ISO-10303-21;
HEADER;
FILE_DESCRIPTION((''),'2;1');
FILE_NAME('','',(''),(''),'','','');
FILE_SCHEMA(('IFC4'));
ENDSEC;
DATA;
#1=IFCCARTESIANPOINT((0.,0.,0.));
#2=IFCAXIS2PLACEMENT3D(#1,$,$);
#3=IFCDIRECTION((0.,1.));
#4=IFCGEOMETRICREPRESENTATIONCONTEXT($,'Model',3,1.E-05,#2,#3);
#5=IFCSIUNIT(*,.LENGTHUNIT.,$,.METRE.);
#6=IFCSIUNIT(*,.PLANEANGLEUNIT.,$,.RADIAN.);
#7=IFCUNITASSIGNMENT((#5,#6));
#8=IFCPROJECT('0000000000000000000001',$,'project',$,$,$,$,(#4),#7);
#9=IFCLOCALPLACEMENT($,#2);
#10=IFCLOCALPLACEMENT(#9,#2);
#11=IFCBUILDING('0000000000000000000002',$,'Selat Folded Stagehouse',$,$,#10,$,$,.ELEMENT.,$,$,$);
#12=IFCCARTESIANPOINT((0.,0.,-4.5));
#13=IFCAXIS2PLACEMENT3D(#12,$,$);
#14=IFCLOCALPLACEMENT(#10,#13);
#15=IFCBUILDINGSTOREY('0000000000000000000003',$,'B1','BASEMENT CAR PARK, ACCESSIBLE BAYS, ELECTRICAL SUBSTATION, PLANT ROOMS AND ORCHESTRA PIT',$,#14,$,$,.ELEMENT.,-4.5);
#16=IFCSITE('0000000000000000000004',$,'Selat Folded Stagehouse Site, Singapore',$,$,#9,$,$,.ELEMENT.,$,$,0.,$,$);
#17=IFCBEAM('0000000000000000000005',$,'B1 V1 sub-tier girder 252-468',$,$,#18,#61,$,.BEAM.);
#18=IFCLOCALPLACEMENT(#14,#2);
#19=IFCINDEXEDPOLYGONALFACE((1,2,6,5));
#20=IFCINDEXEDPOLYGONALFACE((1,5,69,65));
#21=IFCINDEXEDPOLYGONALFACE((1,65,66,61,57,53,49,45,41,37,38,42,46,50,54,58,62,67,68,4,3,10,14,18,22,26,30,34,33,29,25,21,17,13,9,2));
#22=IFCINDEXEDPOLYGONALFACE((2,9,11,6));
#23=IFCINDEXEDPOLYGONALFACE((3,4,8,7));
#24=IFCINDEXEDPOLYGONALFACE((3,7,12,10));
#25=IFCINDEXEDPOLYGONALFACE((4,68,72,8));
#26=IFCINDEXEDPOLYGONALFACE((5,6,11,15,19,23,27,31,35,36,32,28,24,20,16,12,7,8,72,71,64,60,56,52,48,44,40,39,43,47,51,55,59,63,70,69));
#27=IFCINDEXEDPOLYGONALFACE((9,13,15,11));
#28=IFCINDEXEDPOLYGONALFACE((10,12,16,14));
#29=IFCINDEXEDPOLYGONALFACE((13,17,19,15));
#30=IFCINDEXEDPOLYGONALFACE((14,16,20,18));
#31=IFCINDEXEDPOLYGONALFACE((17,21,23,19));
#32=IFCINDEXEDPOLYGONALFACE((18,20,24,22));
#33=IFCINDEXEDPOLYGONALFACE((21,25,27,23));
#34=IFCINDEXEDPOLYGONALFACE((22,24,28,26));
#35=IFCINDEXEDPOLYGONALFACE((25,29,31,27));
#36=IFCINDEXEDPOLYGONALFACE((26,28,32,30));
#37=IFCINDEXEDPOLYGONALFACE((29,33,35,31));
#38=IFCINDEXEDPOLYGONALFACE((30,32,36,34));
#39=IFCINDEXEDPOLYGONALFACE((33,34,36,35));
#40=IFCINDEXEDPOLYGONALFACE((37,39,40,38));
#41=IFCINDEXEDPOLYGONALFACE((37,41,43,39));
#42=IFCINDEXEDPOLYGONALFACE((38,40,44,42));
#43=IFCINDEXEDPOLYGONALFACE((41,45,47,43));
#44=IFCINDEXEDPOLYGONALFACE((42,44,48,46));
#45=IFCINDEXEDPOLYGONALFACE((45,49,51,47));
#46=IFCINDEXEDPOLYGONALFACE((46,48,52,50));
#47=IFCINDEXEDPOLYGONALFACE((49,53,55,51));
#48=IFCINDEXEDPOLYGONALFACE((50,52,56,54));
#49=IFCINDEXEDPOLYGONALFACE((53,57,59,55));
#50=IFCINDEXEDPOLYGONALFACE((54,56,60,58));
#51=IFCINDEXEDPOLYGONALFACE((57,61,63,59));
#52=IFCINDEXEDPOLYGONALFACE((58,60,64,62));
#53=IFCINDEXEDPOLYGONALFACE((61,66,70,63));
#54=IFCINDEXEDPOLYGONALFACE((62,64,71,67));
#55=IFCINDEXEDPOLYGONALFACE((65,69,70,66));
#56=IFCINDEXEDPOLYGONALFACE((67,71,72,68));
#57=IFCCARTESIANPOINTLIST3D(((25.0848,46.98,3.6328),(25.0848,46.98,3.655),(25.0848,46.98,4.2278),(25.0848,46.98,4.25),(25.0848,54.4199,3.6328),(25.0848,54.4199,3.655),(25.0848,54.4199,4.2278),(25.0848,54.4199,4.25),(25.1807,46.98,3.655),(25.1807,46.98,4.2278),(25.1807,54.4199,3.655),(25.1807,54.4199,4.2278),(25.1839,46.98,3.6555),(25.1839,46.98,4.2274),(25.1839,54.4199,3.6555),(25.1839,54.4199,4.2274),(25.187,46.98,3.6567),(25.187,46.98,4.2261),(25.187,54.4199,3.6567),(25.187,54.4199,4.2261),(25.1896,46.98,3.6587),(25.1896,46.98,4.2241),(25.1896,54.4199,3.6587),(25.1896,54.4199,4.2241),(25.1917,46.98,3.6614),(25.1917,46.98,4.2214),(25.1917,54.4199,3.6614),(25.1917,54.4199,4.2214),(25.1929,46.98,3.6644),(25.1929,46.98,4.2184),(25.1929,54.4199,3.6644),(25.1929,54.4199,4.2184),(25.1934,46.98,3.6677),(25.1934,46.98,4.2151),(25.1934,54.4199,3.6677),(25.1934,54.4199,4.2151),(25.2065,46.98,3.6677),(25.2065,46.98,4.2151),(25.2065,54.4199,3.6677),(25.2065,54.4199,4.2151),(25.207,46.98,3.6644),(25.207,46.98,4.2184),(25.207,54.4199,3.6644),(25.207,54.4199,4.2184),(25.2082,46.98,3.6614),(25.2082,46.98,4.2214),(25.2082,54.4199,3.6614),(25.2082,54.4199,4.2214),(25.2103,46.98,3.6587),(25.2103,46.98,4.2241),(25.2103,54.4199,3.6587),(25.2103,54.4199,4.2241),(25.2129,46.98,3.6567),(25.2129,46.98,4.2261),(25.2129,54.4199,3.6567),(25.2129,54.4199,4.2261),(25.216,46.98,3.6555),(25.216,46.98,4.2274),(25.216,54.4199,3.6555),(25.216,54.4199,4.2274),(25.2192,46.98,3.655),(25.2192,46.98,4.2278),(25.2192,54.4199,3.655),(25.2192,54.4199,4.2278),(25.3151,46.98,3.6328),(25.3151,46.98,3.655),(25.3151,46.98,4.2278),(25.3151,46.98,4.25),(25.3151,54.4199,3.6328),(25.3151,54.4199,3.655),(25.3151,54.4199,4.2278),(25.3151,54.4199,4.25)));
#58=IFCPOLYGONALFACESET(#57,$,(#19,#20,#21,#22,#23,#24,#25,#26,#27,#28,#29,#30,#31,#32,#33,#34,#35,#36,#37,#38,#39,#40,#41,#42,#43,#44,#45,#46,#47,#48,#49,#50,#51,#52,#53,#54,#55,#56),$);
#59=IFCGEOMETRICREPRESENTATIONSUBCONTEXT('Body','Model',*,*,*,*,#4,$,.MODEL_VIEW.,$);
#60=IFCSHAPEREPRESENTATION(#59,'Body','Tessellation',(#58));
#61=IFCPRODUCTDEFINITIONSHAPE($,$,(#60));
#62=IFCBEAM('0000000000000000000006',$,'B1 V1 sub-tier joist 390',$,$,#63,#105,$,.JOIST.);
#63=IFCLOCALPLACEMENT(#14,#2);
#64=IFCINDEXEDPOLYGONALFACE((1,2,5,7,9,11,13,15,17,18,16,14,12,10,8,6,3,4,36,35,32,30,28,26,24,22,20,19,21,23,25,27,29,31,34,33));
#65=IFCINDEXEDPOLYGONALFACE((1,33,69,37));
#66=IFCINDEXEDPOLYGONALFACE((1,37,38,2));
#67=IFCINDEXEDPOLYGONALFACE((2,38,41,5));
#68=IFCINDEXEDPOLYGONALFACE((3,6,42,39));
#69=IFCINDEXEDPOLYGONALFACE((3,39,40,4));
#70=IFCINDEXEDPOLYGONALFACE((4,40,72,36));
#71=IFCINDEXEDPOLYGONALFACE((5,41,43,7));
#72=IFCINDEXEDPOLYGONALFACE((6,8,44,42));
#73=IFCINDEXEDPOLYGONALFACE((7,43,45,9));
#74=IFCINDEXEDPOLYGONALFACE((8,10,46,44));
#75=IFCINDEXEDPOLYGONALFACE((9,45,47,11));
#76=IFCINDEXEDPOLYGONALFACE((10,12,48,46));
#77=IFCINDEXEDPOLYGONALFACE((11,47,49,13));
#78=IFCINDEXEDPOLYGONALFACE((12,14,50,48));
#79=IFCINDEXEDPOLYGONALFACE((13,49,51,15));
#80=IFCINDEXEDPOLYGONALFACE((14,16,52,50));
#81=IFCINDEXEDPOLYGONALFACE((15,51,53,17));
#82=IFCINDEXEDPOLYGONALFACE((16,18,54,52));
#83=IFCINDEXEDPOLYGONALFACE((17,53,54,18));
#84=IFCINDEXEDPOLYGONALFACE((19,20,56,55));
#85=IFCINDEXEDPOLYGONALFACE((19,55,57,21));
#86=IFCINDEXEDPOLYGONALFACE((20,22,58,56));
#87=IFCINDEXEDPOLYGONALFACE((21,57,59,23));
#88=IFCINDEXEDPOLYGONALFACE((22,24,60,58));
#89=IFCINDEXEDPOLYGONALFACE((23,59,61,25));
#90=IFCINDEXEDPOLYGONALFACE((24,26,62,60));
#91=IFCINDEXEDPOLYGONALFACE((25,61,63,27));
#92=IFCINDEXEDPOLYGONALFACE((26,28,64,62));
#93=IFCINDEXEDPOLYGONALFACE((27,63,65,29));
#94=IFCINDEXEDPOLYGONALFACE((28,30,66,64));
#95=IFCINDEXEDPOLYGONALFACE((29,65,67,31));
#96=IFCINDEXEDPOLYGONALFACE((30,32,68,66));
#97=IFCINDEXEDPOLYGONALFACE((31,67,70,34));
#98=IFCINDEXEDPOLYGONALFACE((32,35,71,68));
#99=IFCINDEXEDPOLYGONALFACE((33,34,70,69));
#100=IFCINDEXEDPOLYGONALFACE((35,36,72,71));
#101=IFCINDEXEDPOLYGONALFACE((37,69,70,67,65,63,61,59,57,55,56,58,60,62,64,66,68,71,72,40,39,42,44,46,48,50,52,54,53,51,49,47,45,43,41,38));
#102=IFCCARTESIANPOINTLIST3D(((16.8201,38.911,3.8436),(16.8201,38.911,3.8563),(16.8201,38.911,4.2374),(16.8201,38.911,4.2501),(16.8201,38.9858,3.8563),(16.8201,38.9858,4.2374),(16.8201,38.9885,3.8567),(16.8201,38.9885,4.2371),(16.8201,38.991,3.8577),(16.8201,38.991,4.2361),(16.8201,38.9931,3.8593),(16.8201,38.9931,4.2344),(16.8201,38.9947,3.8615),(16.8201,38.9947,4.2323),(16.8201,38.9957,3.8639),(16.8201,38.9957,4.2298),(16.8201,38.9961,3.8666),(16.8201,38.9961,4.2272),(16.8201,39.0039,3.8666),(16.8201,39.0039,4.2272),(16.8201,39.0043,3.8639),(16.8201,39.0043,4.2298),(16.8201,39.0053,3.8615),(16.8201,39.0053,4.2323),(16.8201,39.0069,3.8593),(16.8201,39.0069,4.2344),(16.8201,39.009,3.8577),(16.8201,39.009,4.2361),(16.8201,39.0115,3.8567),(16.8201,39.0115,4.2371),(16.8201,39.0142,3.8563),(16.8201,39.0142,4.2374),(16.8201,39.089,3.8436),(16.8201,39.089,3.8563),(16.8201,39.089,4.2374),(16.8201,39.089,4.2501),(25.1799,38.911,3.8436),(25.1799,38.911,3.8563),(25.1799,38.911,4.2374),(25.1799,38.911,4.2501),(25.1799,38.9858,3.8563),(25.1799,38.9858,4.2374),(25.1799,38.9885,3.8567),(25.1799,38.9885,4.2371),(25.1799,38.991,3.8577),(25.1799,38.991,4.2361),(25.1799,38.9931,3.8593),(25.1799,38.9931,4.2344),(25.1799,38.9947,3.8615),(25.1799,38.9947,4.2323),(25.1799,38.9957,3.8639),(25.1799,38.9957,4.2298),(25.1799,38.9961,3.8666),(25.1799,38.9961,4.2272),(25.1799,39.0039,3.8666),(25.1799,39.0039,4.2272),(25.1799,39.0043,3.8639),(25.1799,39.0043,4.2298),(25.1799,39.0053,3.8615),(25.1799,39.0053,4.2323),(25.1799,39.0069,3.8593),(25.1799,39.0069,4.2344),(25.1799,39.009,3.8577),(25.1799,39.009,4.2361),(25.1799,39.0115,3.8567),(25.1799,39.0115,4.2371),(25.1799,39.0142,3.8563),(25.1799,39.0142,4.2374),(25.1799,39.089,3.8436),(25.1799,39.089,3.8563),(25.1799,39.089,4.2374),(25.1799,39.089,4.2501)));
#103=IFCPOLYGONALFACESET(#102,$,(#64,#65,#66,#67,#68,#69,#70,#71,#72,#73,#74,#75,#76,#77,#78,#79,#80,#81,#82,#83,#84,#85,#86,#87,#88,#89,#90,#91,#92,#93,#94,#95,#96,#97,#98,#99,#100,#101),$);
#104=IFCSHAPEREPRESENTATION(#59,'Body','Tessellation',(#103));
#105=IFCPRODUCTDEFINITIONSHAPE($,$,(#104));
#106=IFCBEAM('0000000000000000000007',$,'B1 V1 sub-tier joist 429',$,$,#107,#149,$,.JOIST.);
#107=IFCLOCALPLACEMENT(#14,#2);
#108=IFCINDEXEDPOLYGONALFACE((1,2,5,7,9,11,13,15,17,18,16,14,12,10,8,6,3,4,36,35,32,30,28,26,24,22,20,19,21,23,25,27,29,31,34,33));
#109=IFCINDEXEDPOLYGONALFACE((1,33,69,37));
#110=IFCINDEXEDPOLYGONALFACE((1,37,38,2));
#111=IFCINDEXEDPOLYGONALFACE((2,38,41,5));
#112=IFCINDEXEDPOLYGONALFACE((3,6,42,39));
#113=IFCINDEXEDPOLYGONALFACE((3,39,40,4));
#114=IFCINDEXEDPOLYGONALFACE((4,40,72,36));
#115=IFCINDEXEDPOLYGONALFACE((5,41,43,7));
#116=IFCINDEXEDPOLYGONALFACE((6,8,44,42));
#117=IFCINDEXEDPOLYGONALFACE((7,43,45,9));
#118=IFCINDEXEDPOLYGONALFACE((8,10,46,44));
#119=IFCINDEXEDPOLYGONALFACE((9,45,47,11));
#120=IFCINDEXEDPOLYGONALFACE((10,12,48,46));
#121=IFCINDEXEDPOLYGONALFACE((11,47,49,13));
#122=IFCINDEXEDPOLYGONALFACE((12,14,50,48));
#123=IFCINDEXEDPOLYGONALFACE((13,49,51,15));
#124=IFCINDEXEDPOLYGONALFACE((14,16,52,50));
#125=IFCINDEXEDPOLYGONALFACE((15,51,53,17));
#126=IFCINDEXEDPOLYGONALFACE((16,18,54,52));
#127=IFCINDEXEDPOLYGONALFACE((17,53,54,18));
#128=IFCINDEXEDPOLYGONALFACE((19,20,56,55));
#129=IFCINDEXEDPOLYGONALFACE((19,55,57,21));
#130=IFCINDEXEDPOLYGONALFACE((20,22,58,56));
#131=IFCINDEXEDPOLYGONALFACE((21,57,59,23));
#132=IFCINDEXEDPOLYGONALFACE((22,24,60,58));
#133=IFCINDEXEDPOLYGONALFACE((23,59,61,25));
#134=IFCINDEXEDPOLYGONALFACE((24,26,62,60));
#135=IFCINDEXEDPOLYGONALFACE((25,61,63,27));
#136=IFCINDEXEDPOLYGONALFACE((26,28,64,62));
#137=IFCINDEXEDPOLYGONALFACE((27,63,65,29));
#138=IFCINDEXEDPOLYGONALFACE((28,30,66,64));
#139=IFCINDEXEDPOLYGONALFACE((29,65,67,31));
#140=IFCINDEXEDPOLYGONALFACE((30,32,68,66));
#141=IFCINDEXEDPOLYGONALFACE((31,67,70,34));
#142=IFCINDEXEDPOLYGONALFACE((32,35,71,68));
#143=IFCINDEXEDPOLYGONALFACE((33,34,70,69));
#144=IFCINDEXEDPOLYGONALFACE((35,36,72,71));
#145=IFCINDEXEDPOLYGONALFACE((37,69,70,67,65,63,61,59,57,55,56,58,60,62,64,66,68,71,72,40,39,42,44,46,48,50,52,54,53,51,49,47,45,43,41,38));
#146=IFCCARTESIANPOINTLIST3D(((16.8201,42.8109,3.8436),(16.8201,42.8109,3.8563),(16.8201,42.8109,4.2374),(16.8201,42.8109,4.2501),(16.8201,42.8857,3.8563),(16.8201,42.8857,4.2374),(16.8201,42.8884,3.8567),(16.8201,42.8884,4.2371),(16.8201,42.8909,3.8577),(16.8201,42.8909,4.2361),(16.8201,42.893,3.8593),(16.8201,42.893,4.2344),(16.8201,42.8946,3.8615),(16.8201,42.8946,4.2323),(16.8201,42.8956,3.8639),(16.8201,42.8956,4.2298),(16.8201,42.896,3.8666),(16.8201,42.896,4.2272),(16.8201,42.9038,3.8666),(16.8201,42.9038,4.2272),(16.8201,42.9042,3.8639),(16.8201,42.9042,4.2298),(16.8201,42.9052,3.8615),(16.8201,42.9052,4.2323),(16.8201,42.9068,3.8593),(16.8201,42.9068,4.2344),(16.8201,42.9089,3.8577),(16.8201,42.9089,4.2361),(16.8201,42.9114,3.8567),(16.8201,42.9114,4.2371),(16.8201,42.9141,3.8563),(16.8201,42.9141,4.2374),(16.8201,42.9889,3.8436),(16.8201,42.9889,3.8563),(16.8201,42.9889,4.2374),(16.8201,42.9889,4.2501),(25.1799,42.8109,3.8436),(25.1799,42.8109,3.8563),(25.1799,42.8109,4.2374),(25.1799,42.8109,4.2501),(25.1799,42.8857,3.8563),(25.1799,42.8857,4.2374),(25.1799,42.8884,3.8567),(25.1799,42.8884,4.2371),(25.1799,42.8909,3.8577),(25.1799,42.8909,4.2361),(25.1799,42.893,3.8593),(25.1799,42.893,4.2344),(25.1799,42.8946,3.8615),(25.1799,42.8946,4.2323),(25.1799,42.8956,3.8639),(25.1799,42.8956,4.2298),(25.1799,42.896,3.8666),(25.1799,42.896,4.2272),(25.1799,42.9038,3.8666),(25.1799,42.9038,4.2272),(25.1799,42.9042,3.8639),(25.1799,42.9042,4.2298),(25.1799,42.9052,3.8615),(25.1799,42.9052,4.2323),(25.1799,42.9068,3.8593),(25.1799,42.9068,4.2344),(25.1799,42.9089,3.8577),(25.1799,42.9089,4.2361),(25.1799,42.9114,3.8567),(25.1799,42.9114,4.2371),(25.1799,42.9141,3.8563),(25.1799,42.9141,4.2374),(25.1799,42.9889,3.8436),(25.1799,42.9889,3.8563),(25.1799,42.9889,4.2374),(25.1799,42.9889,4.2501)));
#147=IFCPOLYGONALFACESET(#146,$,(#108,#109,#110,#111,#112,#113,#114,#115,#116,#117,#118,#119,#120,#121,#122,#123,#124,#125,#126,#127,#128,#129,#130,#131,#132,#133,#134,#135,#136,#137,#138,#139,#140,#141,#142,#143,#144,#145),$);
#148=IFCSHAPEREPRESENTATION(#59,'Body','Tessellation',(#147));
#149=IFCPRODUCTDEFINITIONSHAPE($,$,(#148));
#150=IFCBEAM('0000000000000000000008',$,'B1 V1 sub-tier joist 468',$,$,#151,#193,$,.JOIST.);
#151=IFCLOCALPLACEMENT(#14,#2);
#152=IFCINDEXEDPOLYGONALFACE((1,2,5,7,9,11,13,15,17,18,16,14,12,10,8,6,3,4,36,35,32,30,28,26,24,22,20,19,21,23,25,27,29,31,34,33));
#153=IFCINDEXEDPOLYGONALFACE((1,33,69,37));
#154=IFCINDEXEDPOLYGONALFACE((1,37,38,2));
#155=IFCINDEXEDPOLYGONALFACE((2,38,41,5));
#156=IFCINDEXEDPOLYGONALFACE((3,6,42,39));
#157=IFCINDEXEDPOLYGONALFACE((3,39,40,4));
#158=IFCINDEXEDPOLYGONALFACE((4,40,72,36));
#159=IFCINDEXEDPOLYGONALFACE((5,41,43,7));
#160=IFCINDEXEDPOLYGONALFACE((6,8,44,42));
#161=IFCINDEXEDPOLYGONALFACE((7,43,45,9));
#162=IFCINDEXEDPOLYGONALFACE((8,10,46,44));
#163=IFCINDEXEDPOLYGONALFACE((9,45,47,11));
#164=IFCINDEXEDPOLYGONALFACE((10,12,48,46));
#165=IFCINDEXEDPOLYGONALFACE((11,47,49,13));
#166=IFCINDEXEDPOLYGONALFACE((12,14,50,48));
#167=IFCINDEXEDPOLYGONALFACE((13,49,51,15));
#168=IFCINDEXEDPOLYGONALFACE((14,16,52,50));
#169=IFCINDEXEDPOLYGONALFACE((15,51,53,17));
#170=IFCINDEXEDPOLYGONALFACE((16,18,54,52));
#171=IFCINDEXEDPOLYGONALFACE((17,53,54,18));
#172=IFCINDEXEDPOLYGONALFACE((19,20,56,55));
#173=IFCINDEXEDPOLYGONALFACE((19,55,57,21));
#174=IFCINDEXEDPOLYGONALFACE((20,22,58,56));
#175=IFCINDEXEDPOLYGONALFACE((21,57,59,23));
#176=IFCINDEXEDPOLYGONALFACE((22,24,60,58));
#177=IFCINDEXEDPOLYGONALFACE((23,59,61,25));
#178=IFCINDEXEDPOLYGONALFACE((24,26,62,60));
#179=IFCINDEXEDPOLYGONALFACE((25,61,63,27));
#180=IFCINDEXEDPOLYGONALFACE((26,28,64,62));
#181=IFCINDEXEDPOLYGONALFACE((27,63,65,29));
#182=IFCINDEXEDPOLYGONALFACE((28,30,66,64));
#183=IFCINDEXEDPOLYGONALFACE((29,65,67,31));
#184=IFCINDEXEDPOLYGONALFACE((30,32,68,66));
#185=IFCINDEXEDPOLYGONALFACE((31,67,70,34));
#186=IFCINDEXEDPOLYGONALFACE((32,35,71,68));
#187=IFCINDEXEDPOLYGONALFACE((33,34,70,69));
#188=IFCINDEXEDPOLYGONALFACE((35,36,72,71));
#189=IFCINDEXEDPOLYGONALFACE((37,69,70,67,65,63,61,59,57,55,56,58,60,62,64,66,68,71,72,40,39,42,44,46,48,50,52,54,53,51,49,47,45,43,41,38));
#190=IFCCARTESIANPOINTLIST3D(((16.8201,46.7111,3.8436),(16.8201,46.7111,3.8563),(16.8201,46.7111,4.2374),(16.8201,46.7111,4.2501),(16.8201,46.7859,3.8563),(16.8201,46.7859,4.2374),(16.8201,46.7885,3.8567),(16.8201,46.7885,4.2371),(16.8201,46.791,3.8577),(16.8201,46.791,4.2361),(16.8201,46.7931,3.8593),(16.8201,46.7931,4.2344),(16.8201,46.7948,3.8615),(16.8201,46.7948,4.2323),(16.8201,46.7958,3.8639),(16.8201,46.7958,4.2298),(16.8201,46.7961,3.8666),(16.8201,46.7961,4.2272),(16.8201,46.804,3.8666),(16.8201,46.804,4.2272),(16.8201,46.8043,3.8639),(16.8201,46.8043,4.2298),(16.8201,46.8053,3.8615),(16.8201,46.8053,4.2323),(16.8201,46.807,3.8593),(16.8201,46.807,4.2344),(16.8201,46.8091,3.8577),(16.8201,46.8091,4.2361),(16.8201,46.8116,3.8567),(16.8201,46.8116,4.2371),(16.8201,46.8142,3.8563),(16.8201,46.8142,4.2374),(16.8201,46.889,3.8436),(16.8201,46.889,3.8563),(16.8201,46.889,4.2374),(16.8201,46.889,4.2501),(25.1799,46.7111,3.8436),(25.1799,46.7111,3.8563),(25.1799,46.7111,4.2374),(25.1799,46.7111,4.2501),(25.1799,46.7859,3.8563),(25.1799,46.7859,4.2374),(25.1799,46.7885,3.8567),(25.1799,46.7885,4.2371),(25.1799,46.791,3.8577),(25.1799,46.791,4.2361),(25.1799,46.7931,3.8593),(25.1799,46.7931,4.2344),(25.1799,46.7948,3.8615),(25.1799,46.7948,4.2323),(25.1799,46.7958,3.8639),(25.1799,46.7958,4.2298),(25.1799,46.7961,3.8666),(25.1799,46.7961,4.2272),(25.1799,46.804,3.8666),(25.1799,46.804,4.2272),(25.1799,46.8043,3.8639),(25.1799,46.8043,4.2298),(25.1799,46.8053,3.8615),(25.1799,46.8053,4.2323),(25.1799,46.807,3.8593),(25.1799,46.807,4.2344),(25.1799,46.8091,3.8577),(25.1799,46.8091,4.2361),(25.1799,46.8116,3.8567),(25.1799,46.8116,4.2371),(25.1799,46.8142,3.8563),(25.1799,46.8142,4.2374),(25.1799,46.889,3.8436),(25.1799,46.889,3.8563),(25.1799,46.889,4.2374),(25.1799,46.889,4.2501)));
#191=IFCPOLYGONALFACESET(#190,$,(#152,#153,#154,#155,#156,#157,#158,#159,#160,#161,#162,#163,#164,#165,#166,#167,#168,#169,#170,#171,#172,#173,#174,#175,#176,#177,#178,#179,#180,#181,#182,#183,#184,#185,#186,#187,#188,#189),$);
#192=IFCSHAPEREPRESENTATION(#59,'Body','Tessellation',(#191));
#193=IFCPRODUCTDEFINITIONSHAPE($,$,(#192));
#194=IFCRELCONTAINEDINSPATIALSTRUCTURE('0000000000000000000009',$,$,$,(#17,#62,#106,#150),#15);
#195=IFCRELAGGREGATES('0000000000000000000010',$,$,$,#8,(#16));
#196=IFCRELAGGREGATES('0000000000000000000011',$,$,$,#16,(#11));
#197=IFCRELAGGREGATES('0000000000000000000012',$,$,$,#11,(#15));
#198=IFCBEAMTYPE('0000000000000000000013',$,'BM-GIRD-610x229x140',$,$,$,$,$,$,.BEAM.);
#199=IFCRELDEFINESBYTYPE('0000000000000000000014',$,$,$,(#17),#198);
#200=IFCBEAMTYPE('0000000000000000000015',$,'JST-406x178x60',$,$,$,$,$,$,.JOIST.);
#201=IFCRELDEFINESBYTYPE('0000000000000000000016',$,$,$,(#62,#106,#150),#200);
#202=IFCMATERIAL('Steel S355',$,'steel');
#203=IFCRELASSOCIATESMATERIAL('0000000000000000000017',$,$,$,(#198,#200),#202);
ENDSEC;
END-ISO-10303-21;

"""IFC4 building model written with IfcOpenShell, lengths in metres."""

from ifc_helpers import new_model, si_unit, direction, frame, origin, origin_2d, place, context, subcontext, project, spatial, i_section, extrude, material, material_profile, profile_set, type_object, element, save


model = new_model("IFC4")

# Units and contexts
model_context = context("Model", 3, precision=1e-05, world=origin(), true_north=direction((0.0, 1.0)))
body_context = subcontext(model_context, "Body", "Model", "MODEL_VIEW")
ifc_project = project(units=[si_unit("LENGTHUNIT", "METRE"), si_unit("PLANEANGLEUNIT", "RADIAN")], contexts=[model_context])

# Site, building, storey
site_placement = place(None, origin())
site = spatial("IfcSite", under=ifc_project, at=site_placement, Name="Selat Folded Stagehouse Site, Singapore", CompositionType="ELEMENT", RefElevation=0.0)
building_placement = place(site_placement, origin())
building = spatial("IfcBuilding", under=site, at=building_placement, Name="Selat Folded Stagehouse", CompositionType="ELEMENT")
storey_placement = place(building_placement, frame((0.0, 0.0, -4.5)))
storey = spatial("IfcBuildingStorey", under=building, at=storey_placement, Name="B1", Description="BASEMENT CAR PARK, ACCESSIBLE BAYS, ELECTRICAL SUBSTATION, PLANT ROOMS AND ORCHESTRA PIT", CompositionType="ELEMENT", Elevation=-4.5)

# Shared definitions
ifc_material_1 = material(Name="Steel S355", Category="steel")

# Beams
ifc_material_profile_1 = material_profile(ifc_material_1, i_section(OverallWidth=0.2302, OverallDepth=0.6172, WebThickness=0.0132, FlangeThickness=0.0222, FilletRadius=0.0127, at=origin_2d()), Name="UKB 610x229x140")
ifc_profile_set_1 = profile_set([ifc_material_profile_1], Name="Steel S355")
beam_type_1 = type_object("IfcBeamType", Name="BM-GIRD-610x229x140", PredefinedType="BEAM", material=ifc_profile_set_1)
beam_1_placement = place(storey_placement, frame((25.2, 46.98, 3.9414), z_axis=(0.0, 1.0, 0.0), x_axis=(-1.0, 0.0, 0.0)))
element("IfcBeam", 1, at=beam_1_placement, inside=storey, type_object=beam_type_1, Name="B1 V1 sub-tier girder 252-468", PredefinedType="BEAM", context=body_context, shape_type="SweptSolid", body=[
    extrude(i_section(OverallWidth=0.2302, OverallDepth=0.6172, WebThickness=0.0132, FlangeThickness=0.0222, FilletRadius=0.0127, at=origin_2d()), origin(), (0.0, 0.0, 1.0), 7.4399),
])
ifc_material_profile_2 = material_profile(ifc_material_1, i_section(OverallWidth=0.178, OverallDepth=0.4065, WebThickness=0.0078, FlangeThickness=0.0127, FilletRadius=0.0103, at=origin_2d()), Name="UKB 406x178x60")
ifc_profile_set_2 = profile_set([ifc_material_profile_2], Name="Steel S355")
beam_type_2 = type_object("IfcBeamType", Name="JST-406x178x60", PredefinedType="JOIST", material=ifc_profile_set_2)
for number, where, z_axis, x_axis, name in (
    (2, (16.8201, 39.0, 4.0469), (1.0, 0.0, 0.0), (0.0, 1.0, 0.0), "B1 V1 sub-tier joist 390"),
    (3, (16.8201, 42.8999, 4.0469), (1.0, 0.0, 0.0), (0.0, 1.0, 0.0), "B1 V1 sub-tier joist 429"),
    (4, (16.8201, 46.8, 4.0469), (1.0, 0.0, 0.0), (0.0, 1.0, 0.0), "B1 V1 sub-tier joist 468"),
):
    element("IfcBeam", number, at=place(storey_placement, frame(where, z_axis=z_axis, x_axis=x_axis)), inside=storey, type_object=beam_type_2, Name=name, PredefinedType="JOIST", context=body_context, shape_type="SweptSolid", body=[
        extrude(i_section(OverallWidth=0.178, OverallDepth=0.4065, WebThickness=0.0078, FlangeThickness=0.0127, FilletRadius=0.0103, at=origin_2d()), origin(), (0.0, 0.0, 1.0), 8.3599),
    ])

save(model, "model.ifc")
